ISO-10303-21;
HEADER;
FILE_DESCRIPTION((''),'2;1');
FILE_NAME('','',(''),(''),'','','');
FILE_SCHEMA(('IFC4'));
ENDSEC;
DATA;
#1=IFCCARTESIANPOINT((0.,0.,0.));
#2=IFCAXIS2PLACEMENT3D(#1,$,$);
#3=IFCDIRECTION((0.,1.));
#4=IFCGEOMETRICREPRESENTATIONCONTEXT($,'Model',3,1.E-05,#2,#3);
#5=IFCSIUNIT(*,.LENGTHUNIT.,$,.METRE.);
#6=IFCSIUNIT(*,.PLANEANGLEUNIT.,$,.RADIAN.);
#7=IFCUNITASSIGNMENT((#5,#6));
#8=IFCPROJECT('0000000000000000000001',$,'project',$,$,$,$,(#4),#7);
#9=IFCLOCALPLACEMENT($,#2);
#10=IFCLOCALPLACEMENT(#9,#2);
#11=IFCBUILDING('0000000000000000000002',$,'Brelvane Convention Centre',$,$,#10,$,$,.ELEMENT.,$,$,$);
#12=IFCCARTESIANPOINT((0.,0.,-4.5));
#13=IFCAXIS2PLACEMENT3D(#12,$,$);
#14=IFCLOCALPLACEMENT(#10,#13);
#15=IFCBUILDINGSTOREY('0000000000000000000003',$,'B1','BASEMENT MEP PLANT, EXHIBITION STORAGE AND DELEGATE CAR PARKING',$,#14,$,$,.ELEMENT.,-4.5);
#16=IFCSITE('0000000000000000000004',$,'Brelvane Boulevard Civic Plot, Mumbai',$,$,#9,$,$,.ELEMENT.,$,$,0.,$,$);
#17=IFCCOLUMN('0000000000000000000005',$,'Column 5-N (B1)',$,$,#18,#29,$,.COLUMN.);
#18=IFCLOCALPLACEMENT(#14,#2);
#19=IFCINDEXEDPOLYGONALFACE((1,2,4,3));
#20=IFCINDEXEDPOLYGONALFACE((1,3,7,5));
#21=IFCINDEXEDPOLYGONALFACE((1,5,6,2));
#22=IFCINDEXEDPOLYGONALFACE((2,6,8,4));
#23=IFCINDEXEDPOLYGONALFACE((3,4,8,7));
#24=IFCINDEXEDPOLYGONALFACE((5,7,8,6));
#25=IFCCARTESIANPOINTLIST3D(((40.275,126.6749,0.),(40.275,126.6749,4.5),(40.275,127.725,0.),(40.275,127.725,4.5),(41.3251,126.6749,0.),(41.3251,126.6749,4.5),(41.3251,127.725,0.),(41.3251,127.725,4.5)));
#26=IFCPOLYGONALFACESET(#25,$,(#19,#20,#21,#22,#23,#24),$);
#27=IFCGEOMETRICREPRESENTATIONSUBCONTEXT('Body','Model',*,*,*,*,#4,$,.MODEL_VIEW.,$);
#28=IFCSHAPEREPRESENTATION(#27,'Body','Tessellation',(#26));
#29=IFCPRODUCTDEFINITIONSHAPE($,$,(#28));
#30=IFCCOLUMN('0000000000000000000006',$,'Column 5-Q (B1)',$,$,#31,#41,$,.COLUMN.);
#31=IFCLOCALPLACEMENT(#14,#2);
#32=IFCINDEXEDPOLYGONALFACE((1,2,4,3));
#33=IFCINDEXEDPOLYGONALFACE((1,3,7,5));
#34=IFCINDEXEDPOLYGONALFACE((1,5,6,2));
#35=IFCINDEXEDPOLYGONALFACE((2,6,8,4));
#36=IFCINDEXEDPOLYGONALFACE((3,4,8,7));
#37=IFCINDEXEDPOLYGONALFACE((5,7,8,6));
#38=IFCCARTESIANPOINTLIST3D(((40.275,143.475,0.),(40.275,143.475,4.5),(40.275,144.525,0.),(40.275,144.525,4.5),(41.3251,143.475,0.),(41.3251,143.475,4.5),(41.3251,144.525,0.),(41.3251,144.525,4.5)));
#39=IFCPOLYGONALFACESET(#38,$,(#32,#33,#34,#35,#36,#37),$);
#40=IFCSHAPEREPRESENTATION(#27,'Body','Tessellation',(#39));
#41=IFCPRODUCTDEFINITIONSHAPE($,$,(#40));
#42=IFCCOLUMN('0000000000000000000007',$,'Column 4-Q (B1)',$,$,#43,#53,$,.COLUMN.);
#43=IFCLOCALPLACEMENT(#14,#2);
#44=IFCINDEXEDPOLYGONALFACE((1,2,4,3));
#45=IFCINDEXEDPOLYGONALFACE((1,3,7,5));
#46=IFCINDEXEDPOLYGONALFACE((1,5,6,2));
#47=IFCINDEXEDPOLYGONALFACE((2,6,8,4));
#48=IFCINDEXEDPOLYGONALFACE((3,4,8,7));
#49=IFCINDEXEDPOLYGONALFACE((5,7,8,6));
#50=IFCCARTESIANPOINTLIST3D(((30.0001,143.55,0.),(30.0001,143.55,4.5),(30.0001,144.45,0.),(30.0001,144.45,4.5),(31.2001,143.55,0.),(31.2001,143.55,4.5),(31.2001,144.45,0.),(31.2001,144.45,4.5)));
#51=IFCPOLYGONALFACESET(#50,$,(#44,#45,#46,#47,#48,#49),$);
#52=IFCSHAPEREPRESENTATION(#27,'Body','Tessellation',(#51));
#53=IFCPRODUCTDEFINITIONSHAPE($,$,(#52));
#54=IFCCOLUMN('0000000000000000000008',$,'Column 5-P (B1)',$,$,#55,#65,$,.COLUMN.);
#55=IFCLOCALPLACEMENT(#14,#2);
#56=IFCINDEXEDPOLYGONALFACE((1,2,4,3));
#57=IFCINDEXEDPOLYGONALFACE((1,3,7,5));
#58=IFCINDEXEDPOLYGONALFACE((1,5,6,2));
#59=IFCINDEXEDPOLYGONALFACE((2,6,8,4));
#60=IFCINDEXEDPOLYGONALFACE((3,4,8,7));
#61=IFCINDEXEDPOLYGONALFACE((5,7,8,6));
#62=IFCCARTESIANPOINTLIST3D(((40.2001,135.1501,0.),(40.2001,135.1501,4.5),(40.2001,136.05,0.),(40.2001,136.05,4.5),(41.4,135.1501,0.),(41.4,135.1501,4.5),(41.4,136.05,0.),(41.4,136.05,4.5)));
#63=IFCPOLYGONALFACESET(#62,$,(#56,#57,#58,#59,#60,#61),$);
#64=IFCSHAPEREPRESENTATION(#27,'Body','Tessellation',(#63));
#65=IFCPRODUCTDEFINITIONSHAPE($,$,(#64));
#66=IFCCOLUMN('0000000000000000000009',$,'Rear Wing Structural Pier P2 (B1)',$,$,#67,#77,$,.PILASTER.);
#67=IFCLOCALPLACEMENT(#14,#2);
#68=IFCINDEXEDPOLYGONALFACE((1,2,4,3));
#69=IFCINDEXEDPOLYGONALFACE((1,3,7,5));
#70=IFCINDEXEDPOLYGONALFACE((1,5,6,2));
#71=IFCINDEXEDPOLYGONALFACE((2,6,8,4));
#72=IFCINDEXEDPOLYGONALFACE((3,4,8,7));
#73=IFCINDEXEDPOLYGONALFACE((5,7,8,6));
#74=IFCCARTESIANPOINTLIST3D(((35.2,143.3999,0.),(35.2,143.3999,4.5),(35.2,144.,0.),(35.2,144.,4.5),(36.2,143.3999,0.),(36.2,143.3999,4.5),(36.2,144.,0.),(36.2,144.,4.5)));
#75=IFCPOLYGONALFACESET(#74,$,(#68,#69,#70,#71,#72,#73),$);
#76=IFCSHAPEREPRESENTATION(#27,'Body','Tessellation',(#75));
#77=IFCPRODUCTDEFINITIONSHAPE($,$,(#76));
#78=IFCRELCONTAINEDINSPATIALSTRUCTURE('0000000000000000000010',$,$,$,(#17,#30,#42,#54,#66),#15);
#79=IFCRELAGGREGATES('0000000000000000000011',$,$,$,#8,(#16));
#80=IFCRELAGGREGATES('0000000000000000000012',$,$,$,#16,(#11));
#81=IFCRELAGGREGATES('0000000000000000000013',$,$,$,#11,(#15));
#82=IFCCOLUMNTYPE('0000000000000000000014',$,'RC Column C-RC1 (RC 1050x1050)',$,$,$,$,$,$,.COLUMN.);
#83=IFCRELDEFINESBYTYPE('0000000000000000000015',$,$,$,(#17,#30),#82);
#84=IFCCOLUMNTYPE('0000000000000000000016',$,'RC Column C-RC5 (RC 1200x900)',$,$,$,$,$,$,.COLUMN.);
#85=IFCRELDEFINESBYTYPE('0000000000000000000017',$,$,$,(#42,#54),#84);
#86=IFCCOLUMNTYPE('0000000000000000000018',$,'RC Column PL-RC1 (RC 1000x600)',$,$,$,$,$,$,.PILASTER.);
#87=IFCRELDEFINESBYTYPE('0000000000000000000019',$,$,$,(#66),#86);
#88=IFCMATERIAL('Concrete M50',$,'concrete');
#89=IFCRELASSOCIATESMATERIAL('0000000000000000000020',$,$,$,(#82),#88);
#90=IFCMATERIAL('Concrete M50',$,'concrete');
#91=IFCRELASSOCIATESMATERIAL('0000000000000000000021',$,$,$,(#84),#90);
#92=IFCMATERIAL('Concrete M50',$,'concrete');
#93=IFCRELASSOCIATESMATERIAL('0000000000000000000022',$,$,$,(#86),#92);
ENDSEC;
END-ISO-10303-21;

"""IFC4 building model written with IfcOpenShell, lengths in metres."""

from ifc_helpers import new_model, si_unit, direction, frame, origin, origin_2d, place, context, subcontext, project, spatial, rectangle, extrude, material, material_profile, profile_set, type_object, element, save


model = new_model("IFC4")

# Units and contexts
model_context = context("Model", 3, precision=1e-05, world=origin(), true_north=direction((0.0, 1.0)))
body_context = subcontext(model_context, "Body", "Model", "MODEL_VIEW")
ifc_project = project(units=[si_unit("LENGTHUNIT", "METRE"), si_unit("PLANEANGLEUNIT", "RADIAN")], contexts=[model_context])

# Site, building, storey
site_placement = place(None, origin())
site = spatial("IfcSite", under=ifc_project, at=site_placement, Name="Brelvane Boulevard Civic Plot, Mumbai", CompositionType="ELEMENT", RefElevation=0.0)
building_placement = place(site_placement, origin())
building = spatial("IfcBuilding", under=site, at=building_placement, Name="Brelvane Convention Centre", CompositionType="ELEMENT")
storey_placement = place(building_placement, frame((0.0, 0.0, -4.5)))
storey = spatial("IfcBuildingStorey", under=building, at=storey_placement, Name="B1", Description="BASEMENT MEP PLANT, EXHIBITION STORAGE AND DELEGATE CAR PARKING", CompositionType="ELEMENT", Elevation=-4.5)

# Columns
ifc_material_1 = material(Name="Concrete M50", Category="concrete")
ifc_material_profile_1 = material_profile(ifc_material_1, rectangle(XDim=1.05, YDim=1.05, at=origin_2d()), Name="RC 1050x1050")
ifc_profile_set_1 = profile_set([ifc_material_profile_1], Name="Concrete M50")
column_type_1 = type_object("IfcColumnType", Name="RC Column C-RC1 (RC 1050x1050)", PredefinedType="COLUMN", material=ifc_profile_set_1)
for number, where, z_axis, x_axis, name in (
    (1, (40.8, 127.2, 0.0), (0.0, 0.0, 1.0), (1.0, 0.0, 0.0), "Column 5-N (B1)"),
    (2, (40.8, 144.0, 0.0), (0.0, 0.0, 1.0), (1.0, 0.0, 0.0), "Column 5-Q (B1)"),
):
    element("IfcColumn", number, at=place(storey_placement, frame(where, z_axis=z_axis, x_axis=x_axis)), inside=storey, type_object=column_type_1, Name=name, PredefinedType="COLUMN", context=body_context, shape_type="SweptSolid", body=[
        extrude(rectangle(XDim=1.05, YDim=1.05, at=origin_2d()), origin(), (0.0, 0.0, 1.0), 4.5),
    ])
ifc_material_2 = material(Name="Concrete M50", Category="concrete")
ifc_material_profile_2 = material_profile(ifc_material_2, rectangle(XDim=1.2, YDim=0.8999, at=origin_2d()), Name="RC 1200x900")
ifc_profile_set_2 = profile_set([ifc_material_profile_2], Name="Concrete M50")
column_type_2 = type_object("IfcColumnType", Name="RC Column C-RC5 (RC 1200x900)", PredefinedType="COLUMN", material=ifc_profile_set_2)
for number, where, z_axis, x_axis, name in (
    (3, (30.6001, 144.0, 0.0), (0.0, 0.0, 1.0), (1.0, 0.0, 0.0), "Column 4-Q (B1)"),
    (4, (40.8, 135.6001, 0.0), (0.0, 0.0, 1.0), (1.0, 0.0, 0.0), "Column 5-P (B1)"),
):
    element("IfcColumn", number, at=place(storey_placement, frame(where, z_axis=z_axis, x_axis=x_axis)), inside=storey, type_object=column_type_2, Name=name, PredefinedType="COLUMN", context=body_context, shape_type="SweptSolid", body=[
        extrude(rectangle(XDim=1.2, YDim=0.8999, at=origin_2d()), origin(), (0.0, 0.0, 1.0), 4.5),
    ])
ifc_material_3 = material(Name="Concrete M50", Category="concrete")
ifc_material_profile_3 = material_profile(ifc_material_3, rectangle(XDim=1.0, YDim=0.6001, at=origin_2d()), Name="RC 1000x600")
ifc_profile_set_3 = profile_set([ifc_material_profile_3], Name="Concrete M50")
column_type_3 = type_object("IfcColumnType", Name="RC Column PL-RC1 (RC 1000x600)", PredefinedType="PILASTER", material=ifc_profile_set_3)
column_placement = place(storey_placement, frame((35.7, 143.7, 0.0), z_axis=(0.0, 0.0, 1.0), x_axis=(1.0, 0.0, 0.0)))
element("IfcColumn", 5, at=column_placement, inside=storey, type_object=column_type_3, Name="Rear Wing Structural Pier P2 (B1)", PredefinedType="PILASTER", context=body_context, shape_type="SweptSolid", body=[
    extrude(rectangle(XDim=1.0, YDim=0.6001, at=origin_2d()), origin(), (0.0, 0.0, 1.0), 4.5),
])

save(model, "model.ifc")
